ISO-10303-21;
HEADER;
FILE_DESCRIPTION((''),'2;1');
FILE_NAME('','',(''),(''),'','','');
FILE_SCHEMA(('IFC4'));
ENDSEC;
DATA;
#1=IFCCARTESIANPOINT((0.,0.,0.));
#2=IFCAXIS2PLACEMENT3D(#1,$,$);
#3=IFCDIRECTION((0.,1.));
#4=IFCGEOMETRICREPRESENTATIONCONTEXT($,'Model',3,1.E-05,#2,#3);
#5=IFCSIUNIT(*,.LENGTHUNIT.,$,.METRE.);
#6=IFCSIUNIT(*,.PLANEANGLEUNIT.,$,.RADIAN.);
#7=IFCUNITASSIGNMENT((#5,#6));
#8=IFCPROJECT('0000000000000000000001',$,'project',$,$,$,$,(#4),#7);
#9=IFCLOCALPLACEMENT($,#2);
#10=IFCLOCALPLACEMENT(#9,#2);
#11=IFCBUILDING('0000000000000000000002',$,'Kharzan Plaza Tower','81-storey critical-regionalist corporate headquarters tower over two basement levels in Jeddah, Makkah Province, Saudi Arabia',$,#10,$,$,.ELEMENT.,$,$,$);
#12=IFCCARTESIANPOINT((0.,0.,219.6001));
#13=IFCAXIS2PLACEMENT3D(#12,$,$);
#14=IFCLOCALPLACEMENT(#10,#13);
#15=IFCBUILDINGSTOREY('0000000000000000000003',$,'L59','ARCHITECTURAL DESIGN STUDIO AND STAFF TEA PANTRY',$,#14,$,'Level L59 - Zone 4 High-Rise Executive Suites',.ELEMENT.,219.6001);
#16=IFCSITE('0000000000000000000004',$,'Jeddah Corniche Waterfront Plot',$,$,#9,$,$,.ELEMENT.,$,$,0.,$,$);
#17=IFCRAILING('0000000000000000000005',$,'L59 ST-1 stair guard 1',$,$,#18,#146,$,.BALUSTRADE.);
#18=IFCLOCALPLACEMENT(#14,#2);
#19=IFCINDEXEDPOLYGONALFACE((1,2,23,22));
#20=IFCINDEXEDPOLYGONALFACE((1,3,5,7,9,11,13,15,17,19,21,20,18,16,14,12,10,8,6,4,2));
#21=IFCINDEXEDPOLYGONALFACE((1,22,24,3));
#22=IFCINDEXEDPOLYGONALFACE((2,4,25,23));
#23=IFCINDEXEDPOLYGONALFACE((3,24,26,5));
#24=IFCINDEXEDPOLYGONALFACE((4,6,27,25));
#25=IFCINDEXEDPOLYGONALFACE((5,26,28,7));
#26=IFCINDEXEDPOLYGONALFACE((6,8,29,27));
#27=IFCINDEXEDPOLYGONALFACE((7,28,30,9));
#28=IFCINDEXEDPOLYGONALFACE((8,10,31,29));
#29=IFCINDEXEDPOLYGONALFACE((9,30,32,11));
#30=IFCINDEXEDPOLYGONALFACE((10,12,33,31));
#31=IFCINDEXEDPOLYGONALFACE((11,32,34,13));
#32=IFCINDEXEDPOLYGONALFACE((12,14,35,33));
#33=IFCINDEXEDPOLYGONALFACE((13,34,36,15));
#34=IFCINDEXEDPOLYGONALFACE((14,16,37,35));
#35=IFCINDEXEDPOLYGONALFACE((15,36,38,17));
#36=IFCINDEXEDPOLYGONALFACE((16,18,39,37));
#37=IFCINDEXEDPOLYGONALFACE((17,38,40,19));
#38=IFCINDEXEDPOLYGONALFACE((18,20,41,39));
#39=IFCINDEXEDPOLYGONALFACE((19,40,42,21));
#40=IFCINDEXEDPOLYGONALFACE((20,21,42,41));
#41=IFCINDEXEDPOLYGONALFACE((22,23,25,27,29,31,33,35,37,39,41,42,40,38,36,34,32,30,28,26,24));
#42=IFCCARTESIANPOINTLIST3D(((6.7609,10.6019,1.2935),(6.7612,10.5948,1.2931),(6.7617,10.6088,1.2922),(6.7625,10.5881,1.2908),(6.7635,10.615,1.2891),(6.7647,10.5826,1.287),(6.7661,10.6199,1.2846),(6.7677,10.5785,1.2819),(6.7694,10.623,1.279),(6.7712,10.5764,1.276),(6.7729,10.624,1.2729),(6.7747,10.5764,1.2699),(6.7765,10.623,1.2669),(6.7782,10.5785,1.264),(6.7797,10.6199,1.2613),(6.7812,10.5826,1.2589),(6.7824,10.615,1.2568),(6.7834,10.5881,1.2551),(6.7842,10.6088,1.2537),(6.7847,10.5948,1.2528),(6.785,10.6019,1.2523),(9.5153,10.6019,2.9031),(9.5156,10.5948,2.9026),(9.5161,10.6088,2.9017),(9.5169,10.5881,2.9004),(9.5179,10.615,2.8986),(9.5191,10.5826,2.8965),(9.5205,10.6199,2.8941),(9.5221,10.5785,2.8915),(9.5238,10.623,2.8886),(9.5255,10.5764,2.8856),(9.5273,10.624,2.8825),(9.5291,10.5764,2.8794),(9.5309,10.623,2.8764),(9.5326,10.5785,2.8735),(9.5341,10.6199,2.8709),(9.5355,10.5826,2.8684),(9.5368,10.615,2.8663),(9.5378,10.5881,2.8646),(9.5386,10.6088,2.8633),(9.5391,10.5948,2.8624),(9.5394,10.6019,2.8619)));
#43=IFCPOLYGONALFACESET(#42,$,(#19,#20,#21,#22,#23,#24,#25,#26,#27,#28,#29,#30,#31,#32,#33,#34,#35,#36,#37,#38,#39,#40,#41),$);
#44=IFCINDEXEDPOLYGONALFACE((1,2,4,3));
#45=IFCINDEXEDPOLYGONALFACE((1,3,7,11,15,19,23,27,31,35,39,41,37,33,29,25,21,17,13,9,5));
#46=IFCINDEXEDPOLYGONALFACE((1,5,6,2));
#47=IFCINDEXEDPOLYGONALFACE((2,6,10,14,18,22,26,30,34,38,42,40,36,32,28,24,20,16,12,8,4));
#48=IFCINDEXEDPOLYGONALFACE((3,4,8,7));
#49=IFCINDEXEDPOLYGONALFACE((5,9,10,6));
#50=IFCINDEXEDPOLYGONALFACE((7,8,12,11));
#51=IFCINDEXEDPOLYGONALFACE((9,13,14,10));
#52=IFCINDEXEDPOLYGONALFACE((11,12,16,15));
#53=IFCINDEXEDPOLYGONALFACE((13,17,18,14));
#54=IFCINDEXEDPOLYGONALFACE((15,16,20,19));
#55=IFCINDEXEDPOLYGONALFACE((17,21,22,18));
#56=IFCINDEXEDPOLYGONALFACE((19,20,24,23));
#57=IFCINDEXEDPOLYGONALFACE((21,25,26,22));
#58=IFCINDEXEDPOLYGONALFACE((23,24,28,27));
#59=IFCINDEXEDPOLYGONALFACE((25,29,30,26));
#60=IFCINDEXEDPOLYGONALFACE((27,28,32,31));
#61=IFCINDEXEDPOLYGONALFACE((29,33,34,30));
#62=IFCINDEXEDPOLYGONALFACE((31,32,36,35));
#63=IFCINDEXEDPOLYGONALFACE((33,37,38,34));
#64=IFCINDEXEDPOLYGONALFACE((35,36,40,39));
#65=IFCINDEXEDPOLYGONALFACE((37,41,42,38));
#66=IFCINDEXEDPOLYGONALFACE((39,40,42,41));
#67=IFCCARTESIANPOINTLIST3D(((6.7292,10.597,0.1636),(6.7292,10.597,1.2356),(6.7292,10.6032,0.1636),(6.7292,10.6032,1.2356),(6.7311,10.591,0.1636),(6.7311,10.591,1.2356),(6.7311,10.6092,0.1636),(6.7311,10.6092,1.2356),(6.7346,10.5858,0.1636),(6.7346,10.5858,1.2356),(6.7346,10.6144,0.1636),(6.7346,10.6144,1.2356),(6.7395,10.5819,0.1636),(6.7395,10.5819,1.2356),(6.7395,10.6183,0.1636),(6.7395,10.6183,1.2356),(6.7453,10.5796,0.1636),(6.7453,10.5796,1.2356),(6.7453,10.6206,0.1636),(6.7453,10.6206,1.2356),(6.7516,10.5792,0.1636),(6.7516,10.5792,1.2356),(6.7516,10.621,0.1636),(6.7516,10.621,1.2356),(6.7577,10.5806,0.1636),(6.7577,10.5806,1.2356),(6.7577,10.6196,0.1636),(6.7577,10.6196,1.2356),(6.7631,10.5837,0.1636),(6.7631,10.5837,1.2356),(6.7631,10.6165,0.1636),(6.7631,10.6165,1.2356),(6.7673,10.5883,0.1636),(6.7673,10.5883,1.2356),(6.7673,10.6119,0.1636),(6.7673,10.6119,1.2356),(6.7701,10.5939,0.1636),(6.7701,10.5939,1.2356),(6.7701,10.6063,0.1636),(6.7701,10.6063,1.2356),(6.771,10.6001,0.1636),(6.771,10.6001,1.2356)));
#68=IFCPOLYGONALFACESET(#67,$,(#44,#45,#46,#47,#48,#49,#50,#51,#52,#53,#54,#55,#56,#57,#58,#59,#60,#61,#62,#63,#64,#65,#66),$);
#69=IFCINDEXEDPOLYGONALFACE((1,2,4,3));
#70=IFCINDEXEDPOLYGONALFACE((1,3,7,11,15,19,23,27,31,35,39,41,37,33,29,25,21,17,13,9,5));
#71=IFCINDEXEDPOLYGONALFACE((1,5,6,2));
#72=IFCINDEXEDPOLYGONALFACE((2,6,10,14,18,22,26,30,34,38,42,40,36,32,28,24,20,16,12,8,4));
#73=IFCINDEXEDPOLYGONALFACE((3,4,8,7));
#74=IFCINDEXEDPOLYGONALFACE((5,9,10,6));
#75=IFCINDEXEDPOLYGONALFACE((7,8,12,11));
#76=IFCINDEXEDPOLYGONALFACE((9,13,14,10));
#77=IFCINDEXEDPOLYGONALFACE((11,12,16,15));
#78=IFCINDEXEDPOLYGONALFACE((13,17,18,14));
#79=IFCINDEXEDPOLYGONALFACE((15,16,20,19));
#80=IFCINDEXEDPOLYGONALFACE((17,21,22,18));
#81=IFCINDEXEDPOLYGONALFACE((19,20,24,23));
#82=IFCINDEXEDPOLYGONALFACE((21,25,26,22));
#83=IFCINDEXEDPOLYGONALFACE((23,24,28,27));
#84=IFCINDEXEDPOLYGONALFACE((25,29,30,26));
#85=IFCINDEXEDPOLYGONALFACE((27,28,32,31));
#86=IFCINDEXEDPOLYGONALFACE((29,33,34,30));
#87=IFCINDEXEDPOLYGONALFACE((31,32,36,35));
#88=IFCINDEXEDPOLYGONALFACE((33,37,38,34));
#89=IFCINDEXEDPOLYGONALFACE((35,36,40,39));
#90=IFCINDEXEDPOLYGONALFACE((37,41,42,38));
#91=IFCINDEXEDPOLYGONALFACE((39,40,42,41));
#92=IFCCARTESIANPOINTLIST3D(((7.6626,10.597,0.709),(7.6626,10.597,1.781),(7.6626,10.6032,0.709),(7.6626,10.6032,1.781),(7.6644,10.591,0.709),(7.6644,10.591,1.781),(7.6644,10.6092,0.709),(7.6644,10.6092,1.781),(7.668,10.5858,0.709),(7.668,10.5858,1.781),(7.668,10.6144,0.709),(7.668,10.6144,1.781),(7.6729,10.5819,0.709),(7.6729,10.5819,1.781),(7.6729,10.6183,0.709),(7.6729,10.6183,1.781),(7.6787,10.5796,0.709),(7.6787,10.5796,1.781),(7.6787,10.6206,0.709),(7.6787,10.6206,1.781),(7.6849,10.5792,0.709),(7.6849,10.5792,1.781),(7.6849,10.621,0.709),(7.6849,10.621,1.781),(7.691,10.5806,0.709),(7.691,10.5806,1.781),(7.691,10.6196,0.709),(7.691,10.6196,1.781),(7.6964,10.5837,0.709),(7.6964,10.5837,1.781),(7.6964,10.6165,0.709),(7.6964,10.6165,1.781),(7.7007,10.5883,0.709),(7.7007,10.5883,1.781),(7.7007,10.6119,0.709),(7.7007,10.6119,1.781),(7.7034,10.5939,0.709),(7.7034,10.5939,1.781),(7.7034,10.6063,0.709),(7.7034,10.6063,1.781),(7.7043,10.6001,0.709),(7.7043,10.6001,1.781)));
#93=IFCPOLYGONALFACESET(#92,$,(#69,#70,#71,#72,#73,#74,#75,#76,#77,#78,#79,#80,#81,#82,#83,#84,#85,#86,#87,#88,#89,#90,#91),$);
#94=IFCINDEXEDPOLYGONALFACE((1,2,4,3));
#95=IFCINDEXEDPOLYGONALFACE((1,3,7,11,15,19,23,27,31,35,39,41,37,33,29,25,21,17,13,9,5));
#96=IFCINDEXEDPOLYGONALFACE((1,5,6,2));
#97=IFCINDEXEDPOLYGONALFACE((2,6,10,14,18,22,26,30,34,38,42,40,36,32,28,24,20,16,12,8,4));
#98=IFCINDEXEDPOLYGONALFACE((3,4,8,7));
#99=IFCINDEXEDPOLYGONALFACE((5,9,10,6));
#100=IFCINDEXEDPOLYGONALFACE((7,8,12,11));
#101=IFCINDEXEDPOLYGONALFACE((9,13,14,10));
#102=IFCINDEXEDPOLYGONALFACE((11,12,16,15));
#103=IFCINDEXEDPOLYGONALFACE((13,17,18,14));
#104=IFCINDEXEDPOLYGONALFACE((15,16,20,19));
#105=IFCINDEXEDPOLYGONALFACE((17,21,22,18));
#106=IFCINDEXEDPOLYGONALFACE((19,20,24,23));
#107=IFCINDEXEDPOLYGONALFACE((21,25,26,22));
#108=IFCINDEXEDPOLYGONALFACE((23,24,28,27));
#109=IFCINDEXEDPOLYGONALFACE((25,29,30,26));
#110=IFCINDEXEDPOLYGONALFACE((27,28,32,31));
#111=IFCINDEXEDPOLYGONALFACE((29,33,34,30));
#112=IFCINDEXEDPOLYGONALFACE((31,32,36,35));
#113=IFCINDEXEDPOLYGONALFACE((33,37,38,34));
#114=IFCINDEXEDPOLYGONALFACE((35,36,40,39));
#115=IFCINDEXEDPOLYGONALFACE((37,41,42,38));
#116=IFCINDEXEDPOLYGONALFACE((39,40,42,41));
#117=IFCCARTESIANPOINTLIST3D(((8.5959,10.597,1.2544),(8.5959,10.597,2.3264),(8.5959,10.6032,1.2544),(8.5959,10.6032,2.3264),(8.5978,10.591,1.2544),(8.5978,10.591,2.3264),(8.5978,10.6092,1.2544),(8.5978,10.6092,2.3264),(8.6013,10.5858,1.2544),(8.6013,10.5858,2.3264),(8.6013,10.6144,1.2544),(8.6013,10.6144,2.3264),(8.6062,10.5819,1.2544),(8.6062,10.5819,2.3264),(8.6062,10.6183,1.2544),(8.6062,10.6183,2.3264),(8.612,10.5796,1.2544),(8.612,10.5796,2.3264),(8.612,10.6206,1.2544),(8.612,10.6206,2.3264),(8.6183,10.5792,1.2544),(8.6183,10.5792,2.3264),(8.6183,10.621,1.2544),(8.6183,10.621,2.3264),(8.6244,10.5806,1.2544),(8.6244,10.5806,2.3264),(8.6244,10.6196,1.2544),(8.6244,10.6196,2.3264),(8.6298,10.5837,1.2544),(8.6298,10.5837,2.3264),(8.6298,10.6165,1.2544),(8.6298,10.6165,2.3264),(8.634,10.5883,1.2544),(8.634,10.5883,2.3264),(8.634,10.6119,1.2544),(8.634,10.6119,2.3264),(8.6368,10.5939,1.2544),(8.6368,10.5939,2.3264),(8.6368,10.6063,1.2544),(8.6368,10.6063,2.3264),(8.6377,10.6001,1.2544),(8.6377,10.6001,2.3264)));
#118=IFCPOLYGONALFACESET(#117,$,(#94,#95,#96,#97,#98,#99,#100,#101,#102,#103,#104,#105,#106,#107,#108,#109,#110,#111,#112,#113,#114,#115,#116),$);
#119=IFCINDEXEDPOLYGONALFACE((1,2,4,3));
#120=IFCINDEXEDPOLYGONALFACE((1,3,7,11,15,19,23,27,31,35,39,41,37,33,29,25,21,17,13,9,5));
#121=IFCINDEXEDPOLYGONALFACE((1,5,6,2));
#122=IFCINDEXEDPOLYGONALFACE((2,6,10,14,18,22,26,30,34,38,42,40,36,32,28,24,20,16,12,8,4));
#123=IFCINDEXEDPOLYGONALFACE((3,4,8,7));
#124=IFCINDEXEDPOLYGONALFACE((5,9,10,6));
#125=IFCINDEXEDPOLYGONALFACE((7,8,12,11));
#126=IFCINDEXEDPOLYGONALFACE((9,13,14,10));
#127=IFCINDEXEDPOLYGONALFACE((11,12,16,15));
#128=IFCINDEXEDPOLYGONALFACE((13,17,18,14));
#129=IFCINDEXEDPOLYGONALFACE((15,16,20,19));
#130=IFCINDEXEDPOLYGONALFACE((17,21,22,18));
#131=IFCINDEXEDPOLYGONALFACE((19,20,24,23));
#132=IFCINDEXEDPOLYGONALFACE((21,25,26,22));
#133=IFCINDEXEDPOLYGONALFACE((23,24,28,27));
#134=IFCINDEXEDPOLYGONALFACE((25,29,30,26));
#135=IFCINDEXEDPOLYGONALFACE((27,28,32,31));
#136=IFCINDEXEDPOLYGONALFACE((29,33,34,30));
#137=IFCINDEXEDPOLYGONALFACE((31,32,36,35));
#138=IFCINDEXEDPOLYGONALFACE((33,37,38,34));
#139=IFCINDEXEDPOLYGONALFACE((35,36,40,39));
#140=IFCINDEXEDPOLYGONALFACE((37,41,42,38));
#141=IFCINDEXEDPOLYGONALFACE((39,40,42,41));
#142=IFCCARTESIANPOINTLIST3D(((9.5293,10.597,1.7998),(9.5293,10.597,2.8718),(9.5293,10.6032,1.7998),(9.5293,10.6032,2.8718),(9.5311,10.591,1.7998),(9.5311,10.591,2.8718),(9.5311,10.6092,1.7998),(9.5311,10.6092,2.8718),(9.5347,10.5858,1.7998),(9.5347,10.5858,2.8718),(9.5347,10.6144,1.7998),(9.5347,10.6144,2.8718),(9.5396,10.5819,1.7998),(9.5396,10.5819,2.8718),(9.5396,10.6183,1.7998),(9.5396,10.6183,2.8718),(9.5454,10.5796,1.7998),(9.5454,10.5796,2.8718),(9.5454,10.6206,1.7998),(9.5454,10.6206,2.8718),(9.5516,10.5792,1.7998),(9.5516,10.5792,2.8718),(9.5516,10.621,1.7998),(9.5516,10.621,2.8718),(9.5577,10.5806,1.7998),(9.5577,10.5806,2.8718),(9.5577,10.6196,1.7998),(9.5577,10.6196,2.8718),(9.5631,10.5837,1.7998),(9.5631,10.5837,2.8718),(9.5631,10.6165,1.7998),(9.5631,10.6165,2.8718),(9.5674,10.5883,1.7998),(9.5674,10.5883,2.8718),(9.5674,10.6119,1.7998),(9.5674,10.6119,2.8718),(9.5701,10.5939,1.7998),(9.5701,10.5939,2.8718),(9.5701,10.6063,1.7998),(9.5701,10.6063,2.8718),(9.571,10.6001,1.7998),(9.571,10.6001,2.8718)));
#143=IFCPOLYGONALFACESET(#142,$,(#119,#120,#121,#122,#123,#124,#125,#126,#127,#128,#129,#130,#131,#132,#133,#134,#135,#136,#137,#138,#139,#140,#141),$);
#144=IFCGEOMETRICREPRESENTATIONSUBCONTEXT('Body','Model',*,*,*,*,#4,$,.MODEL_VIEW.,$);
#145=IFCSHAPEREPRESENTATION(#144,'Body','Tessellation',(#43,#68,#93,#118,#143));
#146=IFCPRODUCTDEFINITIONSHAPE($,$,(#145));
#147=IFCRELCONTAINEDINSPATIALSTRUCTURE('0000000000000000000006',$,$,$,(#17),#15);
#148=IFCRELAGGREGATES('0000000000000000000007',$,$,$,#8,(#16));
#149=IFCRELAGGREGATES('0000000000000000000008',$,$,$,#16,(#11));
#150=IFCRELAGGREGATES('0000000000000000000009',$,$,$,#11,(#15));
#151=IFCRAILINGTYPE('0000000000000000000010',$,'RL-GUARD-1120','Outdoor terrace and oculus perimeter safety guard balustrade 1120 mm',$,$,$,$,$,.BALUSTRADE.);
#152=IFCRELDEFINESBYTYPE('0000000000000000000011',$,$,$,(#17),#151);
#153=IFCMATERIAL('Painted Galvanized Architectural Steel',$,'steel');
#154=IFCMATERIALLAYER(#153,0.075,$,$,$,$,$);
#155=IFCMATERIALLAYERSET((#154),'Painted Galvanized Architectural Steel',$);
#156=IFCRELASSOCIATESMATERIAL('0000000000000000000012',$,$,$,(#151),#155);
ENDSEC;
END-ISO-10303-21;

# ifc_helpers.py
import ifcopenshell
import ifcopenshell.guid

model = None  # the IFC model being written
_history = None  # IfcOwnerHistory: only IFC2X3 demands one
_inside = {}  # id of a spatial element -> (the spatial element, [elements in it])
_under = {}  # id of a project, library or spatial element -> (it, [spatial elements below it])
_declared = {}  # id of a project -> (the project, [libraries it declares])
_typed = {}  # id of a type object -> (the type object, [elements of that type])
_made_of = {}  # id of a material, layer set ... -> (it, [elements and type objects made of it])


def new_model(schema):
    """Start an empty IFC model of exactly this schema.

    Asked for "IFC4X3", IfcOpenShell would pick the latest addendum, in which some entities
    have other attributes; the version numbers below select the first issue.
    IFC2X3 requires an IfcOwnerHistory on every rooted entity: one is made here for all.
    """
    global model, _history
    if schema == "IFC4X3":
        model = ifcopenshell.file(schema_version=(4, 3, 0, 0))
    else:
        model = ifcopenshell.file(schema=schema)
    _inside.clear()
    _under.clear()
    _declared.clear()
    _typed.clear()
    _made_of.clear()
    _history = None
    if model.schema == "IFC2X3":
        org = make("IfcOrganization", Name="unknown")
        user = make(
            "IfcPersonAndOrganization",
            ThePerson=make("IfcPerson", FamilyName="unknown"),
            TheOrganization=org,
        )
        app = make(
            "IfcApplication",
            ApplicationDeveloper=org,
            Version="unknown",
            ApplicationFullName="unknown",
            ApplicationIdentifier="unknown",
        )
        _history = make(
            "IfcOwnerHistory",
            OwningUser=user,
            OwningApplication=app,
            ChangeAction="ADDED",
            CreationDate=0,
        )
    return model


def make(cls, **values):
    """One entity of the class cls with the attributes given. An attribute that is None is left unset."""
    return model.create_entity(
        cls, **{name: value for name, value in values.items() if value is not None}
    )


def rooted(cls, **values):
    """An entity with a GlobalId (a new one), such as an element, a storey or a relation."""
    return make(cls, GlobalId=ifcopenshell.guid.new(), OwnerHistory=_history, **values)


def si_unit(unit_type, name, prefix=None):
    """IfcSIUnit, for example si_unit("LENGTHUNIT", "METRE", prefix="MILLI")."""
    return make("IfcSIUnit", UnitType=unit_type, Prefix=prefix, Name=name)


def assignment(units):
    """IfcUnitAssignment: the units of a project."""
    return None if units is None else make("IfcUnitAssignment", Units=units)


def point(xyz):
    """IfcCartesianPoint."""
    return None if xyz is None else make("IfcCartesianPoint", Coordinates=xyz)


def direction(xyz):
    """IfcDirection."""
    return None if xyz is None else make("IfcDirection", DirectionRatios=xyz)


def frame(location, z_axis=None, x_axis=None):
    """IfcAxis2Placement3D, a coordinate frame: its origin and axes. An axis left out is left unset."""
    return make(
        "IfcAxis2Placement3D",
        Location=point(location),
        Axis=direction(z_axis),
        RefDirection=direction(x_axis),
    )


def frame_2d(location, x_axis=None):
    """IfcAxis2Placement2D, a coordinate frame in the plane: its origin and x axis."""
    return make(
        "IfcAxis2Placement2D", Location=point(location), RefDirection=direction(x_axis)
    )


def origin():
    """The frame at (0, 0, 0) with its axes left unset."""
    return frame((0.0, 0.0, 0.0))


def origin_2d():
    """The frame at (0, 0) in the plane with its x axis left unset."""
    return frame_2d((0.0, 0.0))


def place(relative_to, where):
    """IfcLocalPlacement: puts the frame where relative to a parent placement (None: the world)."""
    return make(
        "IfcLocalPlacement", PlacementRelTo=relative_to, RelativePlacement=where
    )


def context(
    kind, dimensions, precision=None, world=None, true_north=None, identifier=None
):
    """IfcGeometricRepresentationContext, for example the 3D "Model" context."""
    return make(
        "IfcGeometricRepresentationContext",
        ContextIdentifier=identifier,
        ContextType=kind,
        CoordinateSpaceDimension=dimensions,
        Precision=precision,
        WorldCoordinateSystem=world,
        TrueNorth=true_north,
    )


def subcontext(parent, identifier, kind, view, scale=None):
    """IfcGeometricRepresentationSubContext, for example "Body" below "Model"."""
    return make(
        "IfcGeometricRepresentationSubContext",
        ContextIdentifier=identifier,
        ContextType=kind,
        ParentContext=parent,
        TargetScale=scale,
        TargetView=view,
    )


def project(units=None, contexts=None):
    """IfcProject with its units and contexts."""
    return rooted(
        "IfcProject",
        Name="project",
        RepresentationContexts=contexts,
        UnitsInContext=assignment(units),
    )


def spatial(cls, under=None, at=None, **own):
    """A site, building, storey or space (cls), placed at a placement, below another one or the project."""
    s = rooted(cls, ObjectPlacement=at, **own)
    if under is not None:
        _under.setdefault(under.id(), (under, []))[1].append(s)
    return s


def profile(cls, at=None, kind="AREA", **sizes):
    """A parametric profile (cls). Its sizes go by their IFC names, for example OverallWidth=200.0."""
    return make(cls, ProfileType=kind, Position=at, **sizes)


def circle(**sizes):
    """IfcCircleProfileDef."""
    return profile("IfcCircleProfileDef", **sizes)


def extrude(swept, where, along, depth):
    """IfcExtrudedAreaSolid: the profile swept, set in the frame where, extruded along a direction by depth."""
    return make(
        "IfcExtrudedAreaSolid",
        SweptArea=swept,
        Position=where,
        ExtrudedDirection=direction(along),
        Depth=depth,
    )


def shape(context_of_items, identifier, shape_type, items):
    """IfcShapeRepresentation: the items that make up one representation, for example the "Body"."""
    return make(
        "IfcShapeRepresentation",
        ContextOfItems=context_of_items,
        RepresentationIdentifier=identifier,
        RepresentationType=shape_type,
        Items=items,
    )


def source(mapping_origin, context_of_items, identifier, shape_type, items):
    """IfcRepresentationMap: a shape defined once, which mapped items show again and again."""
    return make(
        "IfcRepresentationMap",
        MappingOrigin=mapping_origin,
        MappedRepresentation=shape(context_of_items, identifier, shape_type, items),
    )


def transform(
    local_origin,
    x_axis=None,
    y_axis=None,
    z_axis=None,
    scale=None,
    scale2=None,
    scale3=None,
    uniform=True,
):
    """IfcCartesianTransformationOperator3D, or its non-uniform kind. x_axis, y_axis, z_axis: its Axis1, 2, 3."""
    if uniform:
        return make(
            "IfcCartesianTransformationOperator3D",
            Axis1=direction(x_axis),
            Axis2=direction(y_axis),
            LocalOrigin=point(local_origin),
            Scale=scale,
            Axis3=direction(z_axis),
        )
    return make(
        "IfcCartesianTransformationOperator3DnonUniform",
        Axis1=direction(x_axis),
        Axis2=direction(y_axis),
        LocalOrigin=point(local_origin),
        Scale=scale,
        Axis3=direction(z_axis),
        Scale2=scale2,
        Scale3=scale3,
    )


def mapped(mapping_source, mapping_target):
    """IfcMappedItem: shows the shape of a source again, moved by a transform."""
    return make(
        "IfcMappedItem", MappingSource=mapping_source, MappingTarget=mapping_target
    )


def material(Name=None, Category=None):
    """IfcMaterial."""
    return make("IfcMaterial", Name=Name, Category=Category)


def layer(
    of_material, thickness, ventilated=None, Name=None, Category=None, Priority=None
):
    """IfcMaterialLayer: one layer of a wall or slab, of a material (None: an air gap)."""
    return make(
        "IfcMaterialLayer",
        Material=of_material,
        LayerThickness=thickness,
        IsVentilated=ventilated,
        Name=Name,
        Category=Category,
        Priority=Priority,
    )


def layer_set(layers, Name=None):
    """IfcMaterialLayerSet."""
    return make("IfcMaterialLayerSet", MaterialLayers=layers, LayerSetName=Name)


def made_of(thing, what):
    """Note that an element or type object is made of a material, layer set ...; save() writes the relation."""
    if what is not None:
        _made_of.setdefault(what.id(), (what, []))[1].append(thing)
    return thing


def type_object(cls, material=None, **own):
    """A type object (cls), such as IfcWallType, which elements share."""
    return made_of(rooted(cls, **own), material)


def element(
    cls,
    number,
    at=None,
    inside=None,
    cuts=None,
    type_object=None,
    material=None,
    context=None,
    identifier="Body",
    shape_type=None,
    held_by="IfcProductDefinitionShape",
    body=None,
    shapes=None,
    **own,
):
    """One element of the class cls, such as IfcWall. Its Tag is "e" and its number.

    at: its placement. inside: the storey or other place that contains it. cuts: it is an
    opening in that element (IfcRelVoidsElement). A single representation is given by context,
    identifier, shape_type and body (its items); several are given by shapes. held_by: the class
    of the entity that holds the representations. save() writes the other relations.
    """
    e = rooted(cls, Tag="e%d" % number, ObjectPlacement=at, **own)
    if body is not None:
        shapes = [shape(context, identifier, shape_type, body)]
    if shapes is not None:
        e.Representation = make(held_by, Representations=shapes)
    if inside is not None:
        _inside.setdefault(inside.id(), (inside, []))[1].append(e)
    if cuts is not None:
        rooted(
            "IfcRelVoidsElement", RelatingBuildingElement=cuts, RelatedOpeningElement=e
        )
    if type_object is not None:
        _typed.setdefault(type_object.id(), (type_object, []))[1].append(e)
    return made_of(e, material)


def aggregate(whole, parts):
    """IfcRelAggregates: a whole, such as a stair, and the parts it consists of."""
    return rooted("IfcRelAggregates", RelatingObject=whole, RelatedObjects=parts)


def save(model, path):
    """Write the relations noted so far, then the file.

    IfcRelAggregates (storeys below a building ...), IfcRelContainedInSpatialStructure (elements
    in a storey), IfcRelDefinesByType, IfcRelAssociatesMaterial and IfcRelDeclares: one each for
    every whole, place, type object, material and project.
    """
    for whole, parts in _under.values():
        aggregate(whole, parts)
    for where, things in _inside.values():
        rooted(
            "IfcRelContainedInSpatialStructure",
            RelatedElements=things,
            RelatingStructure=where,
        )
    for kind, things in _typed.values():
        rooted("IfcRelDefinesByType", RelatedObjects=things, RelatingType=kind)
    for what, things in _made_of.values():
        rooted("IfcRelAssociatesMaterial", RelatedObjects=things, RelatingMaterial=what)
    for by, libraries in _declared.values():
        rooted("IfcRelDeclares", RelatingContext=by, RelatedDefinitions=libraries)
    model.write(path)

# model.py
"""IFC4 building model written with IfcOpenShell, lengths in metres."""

from ifc_helpers import new_model, si_unit, direction, frame, origin, origin_2d, place, context, subcontext, project, spatial, circle, extrude, source, transform, mapped, material, layer, layer_set, type_object, element, save


model = new_model("IFC4")

# Units and contexts
model_context = context("Model", 3, precision=1e-05, world=origin(), true_north=direction((0.0, 1.0)))
body_context = subcontext(model_context, "Body", "Model", "MODEL_VIEW")
ifc_project = project(units=[si_unit("LENGTHUNIT", "METRE"), si_unit("PLANEANGLEUNIT", "RADIAN")], contexts=[model_context])

# Site, building, storey
site_placement = place(None, origin())
site = spatial("IfcSite", under=ifc_project, at=site_placement, Name="Jeddah Corniche Waterfront Plot", CompositionType="ELEMENT", RefElevation=0.0)
building_placement = place(site_placement, origin())
building = spatial("IfcBuilding", under=site, at=building_placement, Name="Kharzan Plaza Tower", Description="81-storey critical-regionalist corporate headquarters tower over two basement levels in Jeddah, Makkah Province, Saudi Arabia", CompositionType="ELEMENT")
storey_placement = place(building_placement, frame((0.0, 0.0, 219.6001)))
storey = spatial("IfcBuildingStorey", under=building, at=storey_placement, Name="L59", Description="ARCHITECTURAL DESIGN STUDIO AND STAFF TEA PANTRY", LongName="Level L59 - Zone 4 High-Rise Executive Suites", CompositionType="ELEMENT", Elevation=219.6001)

# Railing
ifc_material_1 = material(Name="Painted Galvanized Architectural Steel", Category="steel")
ifc_layer_1 = layer(ifc_material_1, 0.075)
ifc_layer_set_1 = layer_set([ifc_layer_1], Name="Painted Galvanized Architectural Steel")
railing_type_1 = type_object("IfcRailingType", Name="RL-GUARD-1120", Description="Outdoor terrace and oculus perimeter safety guard balustrade 1120 mm", PredefinedType="BALUSTRADE", material=ifc_layer_set_1)
shared_shape_1 = source(origin(), body_context, "Body", "SweptSolid", [
    extrude(circle(Radius=0.0239, at=origin_2d()), frame((0.0229, 0.0, 1.1094), z_axis=(0.863394, 0.0, 0.504531), x_axis=(0.0, 1.0, 0.0)), (0.0, 0.0, 1.0), 3.1902),
    extrude(circle(Radius=0.021, at=origin_2d()), origin(), (0.0, 0.0, 1.0), 1.072),
    extrude(circle(Radius=0.021, at=origin_2d()), frame((0.9333, 0.0, 0.5454)), (0.0, 0.0, 1.0), 1.072),
    extrude(circle(Radius=0.021, at=origin_2d()), frame((1.8667, 0.0, 1.0908)), (0.0, 0.0, 1.0), 1.072),
    extrude(circle(Radius=0.021, at=origin_2d()), frame((2.8, 0.0, 1.6362)), (0.0, 0.0, 1.0), 1.072),
])
railing_1_placement = place(storey_placement, frame((6.75, 10.6001, 0.1636)))
element("IfcRailing", 1, at=railing_1_placement, inside=storey, type_object=railing_type_1, Name="L59 ST-1 stair guard 1", PredefinedType="BALUSTRADE", context=body_context, shape_type="MappedRepresentation", body=[
    mapped(shared_shape_1, transform((0.0, 0.0, 0.0), x_axis=(1.0, 0.0, 0.0), y_axis=(0.0, 1.0, 0.0), z_axis=(0.0, 0.0, 1.0))),
])

save(model, "model.ifc")
